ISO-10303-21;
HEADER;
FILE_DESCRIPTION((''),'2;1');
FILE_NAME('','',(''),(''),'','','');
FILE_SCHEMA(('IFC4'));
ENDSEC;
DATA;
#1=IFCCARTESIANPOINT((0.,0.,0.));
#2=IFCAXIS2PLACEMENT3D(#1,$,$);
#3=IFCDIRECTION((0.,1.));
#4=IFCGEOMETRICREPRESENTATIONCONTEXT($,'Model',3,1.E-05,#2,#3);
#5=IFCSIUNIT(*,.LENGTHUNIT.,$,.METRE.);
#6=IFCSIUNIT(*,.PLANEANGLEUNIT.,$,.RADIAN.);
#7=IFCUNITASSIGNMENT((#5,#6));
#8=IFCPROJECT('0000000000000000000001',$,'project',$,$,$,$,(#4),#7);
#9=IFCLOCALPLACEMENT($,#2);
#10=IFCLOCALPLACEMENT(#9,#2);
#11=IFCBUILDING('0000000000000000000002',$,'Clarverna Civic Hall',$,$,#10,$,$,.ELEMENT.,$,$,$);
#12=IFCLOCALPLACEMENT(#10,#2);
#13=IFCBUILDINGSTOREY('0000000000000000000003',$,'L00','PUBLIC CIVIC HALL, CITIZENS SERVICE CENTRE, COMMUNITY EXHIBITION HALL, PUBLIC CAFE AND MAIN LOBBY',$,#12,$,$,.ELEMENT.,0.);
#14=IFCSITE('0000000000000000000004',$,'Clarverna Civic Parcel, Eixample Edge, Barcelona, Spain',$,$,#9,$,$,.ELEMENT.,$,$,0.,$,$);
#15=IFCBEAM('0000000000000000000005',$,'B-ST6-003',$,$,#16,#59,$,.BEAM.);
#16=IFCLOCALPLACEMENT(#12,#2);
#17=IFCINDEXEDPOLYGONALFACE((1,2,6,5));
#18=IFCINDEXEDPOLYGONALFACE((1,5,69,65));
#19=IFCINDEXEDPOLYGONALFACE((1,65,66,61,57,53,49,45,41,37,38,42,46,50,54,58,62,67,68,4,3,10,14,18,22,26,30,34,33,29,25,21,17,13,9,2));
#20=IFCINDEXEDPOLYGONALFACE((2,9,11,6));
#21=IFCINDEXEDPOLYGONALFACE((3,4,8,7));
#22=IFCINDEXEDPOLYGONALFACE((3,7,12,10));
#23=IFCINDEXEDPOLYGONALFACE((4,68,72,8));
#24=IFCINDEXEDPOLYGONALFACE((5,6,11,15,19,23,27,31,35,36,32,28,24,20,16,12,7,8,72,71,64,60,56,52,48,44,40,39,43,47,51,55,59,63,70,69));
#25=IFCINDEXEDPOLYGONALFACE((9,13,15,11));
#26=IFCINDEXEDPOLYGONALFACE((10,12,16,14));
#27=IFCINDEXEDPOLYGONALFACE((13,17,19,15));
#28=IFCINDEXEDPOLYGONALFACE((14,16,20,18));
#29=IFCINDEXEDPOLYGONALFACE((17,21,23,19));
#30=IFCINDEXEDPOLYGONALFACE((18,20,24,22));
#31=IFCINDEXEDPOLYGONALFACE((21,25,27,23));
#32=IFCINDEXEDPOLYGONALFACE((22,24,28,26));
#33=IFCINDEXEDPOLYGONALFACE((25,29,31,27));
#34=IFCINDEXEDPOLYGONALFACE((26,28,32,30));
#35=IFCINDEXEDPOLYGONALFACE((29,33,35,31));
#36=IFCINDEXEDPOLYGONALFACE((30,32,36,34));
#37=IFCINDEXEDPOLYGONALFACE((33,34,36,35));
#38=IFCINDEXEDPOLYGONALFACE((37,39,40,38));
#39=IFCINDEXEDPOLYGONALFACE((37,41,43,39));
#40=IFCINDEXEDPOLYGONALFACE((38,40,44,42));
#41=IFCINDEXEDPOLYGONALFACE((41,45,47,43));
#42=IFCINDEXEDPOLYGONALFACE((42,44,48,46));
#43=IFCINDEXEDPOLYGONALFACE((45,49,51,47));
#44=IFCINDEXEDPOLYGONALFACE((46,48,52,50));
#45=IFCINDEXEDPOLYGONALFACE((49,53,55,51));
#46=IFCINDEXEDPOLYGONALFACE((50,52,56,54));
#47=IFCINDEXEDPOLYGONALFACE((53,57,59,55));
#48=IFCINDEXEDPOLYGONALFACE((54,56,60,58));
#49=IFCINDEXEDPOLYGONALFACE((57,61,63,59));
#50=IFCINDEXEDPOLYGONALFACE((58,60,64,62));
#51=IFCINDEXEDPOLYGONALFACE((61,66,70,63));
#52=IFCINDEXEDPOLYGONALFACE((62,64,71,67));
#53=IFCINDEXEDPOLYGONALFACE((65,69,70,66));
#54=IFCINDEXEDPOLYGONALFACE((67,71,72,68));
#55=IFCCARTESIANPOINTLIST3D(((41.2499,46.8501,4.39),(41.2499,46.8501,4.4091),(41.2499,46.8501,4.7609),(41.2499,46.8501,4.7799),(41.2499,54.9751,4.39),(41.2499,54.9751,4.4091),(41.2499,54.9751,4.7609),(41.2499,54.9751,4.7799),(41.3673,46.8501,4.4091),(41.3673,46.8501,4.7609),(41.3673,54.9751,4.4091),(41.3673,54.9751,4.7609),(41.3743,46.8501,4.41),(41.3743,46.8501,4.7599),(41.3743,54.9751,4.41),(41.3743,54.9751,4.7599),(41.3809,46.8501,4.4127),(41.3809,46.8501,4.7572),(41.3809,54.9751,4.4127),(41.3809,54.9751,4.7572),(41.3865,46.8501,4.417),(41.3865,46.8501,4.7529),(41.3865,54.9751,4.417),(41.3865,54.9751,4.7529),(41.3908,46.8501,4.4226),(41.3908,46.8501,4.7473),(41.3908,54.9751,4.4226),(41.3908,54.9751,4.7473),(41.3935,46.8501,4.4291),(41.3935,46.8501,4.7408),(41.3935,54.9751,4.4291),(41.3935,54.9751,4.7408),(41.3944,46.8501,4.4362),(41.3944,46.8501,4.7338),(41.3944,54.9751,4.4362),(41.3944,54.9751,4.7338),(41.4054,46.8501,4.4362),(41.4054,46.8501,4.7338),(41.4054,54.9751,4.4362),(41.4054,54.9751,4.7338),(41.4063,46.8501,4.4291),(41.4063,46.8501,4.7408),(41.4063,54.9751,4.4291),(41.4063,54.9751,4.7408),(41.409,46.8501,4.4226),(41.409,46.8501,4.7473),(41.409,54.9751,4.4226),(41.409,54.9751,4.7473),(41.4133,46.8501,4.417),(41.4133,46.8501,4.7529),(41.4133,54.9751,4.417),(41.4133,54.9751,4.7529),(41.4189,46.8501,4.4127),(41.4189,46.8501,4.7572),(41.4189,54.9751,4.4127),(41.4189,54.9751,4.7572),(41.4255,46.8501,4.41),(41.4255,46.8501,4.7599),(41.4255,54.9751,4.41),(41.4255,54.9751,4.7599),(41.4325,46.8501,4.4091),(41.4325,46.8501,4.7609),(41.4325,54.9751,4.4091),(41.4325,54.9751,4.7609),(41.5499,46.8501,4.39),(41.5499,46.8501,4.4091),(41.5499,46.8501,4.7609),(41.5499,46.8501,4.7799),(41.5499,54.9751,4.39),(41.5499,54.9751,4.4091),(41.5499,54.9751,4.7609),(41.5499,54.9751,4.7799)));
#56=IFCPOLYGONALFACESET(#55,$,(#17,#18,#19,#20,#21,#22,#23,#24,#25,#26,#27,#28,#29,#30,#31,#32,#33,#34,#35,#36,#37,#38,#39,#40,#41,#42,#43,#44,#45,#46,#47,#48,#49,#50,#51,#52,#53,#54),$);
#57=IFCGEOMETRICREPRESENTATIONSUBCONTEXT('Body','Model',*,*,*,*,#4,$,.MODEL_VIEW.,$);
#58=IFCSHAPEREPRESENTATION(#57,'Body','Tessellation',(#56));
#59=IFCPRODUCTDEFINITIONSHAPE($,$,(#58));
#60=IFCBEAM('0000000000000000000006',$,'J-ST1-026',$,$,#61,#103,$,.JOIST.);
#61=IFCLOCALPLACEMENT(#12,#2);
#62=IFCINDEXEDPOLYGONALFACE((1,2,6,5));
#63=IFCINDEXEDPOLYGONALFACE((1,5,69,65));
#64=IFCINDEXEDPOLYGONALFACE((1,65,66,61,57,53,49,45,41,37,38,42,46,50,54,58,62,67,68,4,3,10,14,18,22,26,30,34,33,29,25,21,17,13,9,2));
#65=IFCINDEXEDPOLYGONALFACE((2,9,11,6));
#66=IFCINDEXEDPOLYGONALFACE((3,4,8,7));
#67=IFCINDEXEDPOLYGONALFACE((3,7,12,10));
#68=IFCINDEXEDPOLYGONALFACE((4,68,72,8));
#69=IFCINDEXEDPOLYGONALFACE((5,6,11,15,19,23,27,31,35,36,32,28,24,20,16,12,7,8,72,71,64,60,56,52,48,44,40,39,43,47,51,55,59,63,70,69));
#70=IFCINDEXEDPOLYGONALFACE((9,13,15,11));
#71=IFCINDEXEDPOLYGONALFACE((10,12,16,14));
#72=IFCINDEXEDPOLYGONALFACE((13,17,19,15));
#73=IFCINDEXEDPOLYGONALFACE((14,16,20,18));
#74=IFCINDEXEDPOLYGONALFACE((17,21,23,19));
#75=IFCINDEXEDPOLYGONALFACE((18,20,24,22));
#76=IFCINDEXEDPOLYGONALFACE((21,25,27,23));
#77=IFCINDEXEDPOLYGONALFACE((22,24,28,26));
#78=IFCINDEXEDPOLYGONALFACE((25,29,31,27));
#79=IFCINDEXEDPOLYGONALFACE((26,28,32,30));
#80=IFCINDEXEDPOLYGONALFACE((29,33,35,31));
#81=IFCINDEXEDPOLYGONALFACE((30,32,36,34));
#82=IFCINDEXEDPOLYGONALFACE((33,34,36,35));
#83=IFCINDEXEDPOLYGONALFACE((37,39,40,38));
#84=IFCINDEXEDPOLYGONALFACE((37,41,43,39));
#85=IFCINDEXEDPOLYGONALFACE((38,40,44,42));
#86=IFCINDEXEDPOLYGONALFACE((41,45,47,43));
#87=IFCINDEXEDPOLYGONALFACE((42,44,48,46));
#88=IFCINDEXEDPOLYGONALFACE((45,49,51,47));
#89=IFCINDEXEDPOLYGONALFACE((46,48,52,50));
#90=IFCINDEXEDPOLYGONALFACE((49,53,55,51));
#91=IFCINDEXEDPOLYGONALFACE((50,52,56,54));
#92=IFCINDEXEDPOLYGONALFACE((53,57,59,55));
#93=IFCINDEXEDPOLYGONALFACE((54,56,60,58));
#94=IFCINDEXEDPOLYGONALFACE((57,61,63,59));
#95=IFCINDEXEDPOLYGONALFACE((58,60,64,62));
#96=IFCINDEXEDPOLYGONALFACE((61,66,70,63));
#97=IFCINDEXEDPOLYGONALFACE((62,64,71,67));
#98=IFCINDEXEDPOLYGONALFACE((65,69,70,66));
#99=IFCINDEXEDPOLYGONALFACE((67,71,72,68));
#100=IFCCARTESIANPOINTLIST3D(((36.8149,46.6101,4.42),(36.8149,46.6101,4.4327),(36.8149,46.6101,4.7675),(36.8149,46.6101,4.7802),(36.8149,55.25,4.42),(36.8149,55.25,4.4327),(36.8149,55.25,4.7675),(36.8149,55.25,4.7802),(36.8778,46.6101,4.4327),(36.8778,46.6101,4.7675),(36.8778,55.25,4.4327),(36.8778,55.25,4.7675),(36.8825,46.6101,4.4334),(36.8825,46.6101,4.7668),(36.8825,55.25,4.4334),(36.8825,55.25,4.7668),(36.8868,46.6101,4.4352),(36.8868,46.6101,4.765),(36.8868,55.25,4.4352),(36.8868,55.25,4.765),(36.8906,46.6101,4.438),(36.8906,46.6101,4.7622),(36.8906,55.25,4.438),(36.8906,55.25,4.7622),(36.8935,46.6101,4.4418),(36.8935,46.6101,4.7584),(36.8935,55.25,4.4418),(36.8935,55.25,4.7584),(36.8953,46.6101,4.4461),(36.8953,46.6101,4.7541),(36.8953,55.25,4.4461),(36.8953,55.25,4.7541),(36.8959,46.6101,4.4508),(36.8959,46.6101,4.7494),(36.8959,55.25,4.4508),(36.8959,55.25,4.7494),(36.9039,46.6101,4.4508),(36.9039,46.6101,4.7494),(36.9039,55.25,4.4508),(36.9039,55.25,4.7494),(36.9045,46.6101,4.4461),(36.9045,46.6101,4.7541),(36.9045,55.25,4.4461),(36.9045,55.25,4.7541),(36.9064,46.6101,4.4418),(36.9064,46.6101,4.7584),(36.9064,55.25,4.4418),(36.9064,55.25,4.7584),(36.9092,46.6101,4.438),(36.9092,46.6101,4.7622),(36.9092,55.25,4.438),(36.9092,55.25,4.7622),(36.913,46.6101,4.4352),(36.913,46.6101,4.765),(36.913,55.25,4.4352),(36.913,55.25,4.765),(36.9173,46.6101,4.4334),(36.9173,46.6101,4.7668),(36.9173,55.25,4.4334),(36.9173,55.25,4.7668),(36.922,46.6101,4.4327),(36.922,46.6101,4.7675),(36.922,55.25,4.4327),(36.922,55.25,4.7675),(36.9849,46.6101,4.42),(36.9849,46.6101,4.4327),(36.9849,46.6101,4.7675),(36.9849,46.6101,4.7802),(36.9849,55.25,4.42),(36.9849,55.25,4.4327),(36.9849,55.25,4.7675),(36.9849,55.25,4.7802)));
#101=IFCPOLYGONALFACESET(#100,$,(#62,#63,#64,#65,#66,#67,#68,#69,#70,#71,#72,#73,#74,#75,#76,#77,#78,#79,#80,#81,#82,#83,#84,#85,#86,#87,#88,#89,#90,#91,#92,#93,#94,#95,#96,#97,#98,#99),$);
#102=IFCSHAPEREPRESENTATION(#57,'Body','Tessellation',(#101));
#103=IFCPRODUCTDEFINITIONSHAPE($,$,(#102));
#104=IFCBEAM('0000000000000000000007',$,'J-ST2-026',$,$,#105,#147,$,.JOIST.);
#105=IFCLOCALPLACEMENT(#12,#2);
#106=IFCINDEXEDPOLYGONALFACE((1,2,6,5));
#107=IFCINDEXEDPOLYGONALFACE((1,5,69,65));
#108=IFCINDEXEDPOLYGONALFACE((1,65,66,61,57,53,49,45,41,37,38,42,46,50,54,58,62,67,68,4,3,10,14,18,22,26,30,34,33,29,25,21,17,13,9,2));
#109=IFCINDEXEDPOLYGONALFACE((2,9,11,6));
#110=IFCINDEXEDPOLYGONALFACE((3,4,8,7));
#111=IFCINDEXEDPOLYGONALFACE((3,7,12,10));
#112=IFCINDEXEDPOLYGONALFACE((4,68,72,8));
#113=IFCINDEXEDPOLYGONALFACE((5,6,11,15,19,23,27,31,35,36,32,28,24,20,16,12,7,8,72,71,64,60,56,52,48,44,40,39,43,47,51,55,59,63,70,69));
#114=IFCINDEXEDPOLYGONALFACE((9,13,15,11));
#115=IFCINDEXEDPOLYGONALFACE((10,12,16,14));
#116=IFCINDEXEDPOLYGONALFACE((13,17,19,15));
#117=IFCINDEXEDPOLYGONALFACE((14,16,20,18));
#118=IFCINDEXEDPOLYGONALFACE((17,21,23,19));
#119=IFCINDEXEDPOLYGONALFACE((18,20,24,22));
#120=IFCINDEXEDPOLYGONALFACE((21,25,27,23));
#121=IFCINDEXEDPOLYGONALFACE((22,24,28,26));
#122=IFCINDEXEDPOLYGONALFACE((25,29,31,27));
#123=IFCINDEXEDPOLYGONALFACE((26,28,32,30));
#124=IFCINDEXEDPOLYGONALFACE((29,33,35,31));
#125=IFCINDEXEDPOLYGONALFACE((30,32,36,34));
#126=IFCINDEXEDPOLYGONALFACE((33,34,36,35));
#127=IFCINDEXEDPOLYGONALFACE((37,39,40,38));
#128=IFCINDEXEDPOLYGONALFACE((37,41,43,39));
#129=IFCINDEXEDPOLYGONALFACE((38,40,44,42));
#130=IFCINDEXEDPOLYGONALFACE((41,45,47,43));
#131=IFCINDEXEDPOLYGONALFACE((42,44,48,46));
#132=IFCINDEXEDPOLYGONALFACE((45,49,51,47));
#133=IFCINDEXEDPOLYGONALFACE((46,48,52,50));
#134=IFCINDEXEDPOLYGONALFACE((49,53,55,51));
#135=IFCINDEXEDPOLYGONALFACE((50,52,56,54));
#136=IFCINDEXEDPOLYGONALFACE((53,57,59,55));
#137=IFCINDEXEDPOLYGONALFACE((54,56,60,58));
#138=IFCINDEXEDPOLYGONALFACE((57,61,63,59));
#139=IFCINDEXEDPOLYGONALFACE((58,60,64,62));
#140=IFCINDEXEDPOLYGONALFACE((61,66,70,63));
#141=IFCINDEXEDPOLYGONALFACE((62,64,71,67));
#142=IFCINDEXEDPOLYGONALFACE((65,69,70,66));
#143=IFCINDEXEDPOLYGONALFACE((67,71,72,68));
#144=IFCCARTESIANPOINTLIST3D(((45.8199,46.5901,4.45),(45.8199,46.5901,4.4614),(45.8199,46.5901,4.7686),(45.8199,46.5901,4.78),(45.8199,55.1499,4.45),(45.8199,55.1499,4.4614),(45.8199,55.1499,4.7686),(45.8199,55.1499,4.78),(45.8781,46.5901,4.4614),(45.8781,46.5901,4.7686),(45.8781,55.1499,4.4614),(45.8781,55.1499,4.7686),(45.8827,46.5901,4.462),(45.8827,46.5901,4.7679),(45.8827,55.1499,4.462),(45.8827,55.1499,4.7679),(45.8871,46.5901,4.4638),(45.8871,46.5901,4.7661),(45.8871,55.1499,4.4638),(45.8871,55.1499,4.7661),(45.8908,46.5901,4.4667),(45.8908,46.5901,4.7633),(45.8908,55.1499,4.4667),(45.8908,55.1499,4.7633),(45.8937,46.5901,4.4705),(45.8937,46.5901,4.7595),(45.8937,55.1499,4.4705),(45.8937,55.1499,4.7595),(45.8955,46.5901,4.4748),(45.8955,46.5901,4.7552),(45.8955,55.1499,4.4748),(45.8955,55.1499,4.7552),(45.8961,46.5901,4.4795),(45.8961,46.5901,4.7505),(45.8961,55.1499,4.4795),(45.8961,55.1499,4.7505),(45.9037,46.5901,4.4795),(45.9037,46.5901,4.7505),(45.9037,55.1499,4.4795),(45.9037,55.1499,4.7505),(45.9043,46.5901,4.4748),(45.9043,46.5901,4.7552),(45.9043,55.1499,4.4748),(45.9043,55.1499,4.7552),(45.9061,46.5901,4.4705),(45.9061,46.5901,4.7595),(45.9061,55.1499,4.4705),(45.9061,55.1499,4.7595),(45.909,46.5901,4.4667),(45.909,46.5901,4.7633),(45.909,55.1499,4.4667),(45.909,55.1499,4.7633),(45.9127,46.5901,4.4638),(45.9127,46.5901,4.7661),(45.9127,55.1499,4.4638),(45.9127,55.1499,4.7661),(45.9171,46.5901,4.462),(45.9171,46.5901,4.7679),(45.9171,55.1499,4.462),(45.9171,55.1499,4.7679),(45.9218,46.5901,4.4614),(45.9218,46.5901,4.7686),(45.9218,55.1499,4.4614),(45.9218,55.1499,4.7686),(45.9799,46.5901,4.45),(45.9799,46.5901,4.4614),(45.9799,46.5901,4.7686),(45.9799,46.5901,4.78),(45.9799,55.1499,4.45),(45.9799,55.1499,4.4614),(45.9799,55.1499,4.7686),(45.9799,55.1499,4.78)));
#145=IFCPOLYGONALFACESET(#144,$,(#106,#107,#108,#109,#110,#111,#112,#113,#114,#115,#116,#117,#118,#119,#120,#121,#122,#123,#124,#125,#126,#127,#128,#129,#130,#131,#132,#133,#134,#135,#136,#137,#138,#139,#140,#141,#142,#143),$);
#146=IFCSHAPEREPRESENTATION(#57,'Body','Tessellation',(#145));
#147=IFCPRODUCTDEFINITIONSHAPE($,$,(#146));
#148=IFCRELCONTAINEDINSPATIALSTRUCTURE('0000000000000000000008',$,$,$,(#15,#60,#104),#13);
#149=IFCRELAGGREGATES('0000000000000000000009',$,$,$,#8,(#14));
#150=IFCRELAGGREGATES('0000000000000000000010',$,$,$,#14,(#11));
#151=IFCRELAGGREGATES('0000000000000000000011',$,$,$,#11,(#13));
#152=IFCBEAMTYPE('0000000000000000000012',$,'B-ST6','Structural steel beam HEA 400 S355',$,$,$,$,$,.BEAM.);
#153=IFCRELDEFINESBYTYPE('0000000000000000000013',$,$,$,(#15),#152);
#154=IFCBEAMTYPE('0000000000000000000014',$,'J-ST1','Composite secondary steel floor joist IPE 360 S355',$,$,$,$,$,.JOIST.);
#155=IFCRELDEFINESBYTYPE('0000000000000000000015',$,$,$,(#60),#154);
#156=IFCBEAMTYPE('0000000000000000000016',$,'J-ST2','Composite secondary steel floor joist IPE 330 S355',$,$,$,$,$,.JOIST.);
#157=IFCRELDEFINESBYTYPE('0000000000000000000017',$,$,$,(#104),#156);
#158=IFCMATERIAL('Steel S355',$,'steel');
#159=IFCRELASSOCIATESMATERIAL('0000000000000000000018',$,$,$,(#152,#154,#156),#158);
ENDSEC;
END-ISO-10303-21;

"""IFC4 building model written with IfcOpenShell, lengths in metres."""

from ifc_helpers import new_model, si_unit, direction, frame, origin, origin_2d, place, context, subcontext, project, spatial, i_section, extrude, material, material_profile, profile_set, type_object, element, save


model = new_model("IFC4")

# Units and contexts
model_context = context("Model", 3, precision=1e-05, world=origin(), true_north=direction((0.0, 1.0)))
body_context = subcontext(model_context, "Body", "Model", "MODEL_VIEW")
ifc_project = project(units=[si_unit("LENGTHUNIT", "METRE"), si_unit("PLANEANGLEUNIT", "RADIAN")], contexts=[model_context])

# Site, building, storey
site_placement = place(None, origin())
site = spatial("IfcSite", under=ifc_project, at=site_placement, Name="Clarverna Civic Parcel, Eixample Edge, Barcelona, Spain", CompositionType="ELEMENT", RefElevation=0.0)
building_placement = place(site_placement, origin())
building = spatial("IfcBuilding", under=site, at=building_placement, Name="Clarverna Civic Hall", CompositionType="ELEMENT")
storey_placement = place(building_placement, origin())
storey = spatial("IfcBuildingStorey", under=building, at=storey_placement, Name="L00", Description="PUBLIC CIVIC HALL, CITIZENS SERVICE CENTRE, COMMUNITY EXHIBITION HALL, PUBLIC CAFE AND MAIN LOBBY", CompositionType="ELEMENT", Elevation=0.0)

# Beams
ifc_material_1 = material(Name="Steel S355", Category="steel")
ifc_material_profile_1 = material_profile(ifc_material_1, i_section(OverallWidth=0.3, OverallDepth=0.3899, WebThickness=0.011, FlangeThickness=0.019, FilletRadius=0.0271, at=origin_2d()), Name="HEA 400")
ifc_profile_set_1 = profile_set([ifc_material_profile_1], Name="Steel S355")
beam_type_1 = type_object("IfcBeamType", Name="B-ST6", Description="Structural steel beam HEA 400 S355", PredefinedType="BEAM", material=ifc_profile_set_1)
beam_1_placement = place(storey_placement, frame((41.3999, 46.8501, 4.585), z_axis=(0.0, 1.0, 0.0), x_axis=(-1.0, 0.0, 0.0)))
element("IfcBeam", 1, at=beam_1_placement, inside=storey, type_object=beam_type_1, Name="B-ST6-003", PredefinedType="BEAM", context=body_context, shape_type="SweptSolid", body=[
    extrude(i_section(OverallWidth=0.3, OverallDepth=0.3899, WebThickness=0.011, FlangeThickness=0.019, FilletRadius=0.0271, at=origin_2d()), origin(), (0.0, 0.0, 1.0), 8.125),
])
ifc_material_profile_2 = material_profile(ifc_material_1, i_section(OverallWidth=0.1699, OverallDepth=0.3601, WebThickness=0.0081, FlangeThickness=0.0127, FilletRadius=0.0181, at=origin_2d()), Name="IPE 360")
ifc_profile_set_2 = profile_set([ifc_material_profile_2], Name="Steel S355")
beam_type_2 = type_object("IfcBeamType", Name="J-ST1", Description="Composite secondary steel floor joist IPE 360 S355", PredefinedType="JOIST", material=ifc_profile_set_2)
beam_2_placement = place(storey_placement, frame((36.8999, 46.6101, 4.6001), z_axis=(0.0, 1.0, 0.0), x_axis=(-1.0, 0.0, 0.0)))
element("IfcBeam", 2, at=beam_2_placement, inside=storey, type_object=beam_type_2, Name="J-ST1-026", PredefinedType="JOIST", context=body_context, shape_type="SweptSolid", body=[
    extrude(i_section(OverallWidth=0.1699, OverallDepth=0.3601, WebThickness=0.0081, FlangeThickness=0.0127, FilletRadius=0.0181, at=origin_2d()), origin(), (0.0, 0.0, 1.0), 8.6399),
])
ifc_material_profile_3 = material_profile(ifc_material_1, i_section(OverallWidth=0.1599, OverallDepth=0.3301, WebThickness=0.0076, FlangeThickness=0.0115, FilletRadius=0.0181, at=origin_2d()), Name="IPE 330")
ifc_profile_set_3 = profile_set([ifc_material_profile_3], Name="Steel S355")
beam_type_3 = type_object("IfcBeamType", Name="J-ST2", Description="Composite secondary steel floor joist IPE 330 S355", PredefinedType="JOIST", material=ifc_profile_set_3)
beam_3_placement = place(storey_placement, frame((45.8999, 46.5901, 4.615), z_axis=(0.0, 1.0, 0.0), x_axis=(-1.0, 0.0, 0.0)))
element("IfcBeam", 3, at=beam_3_placement, inside=storey, type_object=beam_type_3, Name="J-ST2-026", PredefinedType="JOIST", context=body_context, shape_type="SweptSolid", body=[
    extrude(i_section(OverallWidth=0.1599, OverallDepth=0.3301, WebThickness=0.0076, FlangeThickness=0.0115, FilletRadius=0.0181, at=origin_2d()), origin(), (0.0, 0.0, 1.0), 8.5598),
])

save(model, "model.ifc")
